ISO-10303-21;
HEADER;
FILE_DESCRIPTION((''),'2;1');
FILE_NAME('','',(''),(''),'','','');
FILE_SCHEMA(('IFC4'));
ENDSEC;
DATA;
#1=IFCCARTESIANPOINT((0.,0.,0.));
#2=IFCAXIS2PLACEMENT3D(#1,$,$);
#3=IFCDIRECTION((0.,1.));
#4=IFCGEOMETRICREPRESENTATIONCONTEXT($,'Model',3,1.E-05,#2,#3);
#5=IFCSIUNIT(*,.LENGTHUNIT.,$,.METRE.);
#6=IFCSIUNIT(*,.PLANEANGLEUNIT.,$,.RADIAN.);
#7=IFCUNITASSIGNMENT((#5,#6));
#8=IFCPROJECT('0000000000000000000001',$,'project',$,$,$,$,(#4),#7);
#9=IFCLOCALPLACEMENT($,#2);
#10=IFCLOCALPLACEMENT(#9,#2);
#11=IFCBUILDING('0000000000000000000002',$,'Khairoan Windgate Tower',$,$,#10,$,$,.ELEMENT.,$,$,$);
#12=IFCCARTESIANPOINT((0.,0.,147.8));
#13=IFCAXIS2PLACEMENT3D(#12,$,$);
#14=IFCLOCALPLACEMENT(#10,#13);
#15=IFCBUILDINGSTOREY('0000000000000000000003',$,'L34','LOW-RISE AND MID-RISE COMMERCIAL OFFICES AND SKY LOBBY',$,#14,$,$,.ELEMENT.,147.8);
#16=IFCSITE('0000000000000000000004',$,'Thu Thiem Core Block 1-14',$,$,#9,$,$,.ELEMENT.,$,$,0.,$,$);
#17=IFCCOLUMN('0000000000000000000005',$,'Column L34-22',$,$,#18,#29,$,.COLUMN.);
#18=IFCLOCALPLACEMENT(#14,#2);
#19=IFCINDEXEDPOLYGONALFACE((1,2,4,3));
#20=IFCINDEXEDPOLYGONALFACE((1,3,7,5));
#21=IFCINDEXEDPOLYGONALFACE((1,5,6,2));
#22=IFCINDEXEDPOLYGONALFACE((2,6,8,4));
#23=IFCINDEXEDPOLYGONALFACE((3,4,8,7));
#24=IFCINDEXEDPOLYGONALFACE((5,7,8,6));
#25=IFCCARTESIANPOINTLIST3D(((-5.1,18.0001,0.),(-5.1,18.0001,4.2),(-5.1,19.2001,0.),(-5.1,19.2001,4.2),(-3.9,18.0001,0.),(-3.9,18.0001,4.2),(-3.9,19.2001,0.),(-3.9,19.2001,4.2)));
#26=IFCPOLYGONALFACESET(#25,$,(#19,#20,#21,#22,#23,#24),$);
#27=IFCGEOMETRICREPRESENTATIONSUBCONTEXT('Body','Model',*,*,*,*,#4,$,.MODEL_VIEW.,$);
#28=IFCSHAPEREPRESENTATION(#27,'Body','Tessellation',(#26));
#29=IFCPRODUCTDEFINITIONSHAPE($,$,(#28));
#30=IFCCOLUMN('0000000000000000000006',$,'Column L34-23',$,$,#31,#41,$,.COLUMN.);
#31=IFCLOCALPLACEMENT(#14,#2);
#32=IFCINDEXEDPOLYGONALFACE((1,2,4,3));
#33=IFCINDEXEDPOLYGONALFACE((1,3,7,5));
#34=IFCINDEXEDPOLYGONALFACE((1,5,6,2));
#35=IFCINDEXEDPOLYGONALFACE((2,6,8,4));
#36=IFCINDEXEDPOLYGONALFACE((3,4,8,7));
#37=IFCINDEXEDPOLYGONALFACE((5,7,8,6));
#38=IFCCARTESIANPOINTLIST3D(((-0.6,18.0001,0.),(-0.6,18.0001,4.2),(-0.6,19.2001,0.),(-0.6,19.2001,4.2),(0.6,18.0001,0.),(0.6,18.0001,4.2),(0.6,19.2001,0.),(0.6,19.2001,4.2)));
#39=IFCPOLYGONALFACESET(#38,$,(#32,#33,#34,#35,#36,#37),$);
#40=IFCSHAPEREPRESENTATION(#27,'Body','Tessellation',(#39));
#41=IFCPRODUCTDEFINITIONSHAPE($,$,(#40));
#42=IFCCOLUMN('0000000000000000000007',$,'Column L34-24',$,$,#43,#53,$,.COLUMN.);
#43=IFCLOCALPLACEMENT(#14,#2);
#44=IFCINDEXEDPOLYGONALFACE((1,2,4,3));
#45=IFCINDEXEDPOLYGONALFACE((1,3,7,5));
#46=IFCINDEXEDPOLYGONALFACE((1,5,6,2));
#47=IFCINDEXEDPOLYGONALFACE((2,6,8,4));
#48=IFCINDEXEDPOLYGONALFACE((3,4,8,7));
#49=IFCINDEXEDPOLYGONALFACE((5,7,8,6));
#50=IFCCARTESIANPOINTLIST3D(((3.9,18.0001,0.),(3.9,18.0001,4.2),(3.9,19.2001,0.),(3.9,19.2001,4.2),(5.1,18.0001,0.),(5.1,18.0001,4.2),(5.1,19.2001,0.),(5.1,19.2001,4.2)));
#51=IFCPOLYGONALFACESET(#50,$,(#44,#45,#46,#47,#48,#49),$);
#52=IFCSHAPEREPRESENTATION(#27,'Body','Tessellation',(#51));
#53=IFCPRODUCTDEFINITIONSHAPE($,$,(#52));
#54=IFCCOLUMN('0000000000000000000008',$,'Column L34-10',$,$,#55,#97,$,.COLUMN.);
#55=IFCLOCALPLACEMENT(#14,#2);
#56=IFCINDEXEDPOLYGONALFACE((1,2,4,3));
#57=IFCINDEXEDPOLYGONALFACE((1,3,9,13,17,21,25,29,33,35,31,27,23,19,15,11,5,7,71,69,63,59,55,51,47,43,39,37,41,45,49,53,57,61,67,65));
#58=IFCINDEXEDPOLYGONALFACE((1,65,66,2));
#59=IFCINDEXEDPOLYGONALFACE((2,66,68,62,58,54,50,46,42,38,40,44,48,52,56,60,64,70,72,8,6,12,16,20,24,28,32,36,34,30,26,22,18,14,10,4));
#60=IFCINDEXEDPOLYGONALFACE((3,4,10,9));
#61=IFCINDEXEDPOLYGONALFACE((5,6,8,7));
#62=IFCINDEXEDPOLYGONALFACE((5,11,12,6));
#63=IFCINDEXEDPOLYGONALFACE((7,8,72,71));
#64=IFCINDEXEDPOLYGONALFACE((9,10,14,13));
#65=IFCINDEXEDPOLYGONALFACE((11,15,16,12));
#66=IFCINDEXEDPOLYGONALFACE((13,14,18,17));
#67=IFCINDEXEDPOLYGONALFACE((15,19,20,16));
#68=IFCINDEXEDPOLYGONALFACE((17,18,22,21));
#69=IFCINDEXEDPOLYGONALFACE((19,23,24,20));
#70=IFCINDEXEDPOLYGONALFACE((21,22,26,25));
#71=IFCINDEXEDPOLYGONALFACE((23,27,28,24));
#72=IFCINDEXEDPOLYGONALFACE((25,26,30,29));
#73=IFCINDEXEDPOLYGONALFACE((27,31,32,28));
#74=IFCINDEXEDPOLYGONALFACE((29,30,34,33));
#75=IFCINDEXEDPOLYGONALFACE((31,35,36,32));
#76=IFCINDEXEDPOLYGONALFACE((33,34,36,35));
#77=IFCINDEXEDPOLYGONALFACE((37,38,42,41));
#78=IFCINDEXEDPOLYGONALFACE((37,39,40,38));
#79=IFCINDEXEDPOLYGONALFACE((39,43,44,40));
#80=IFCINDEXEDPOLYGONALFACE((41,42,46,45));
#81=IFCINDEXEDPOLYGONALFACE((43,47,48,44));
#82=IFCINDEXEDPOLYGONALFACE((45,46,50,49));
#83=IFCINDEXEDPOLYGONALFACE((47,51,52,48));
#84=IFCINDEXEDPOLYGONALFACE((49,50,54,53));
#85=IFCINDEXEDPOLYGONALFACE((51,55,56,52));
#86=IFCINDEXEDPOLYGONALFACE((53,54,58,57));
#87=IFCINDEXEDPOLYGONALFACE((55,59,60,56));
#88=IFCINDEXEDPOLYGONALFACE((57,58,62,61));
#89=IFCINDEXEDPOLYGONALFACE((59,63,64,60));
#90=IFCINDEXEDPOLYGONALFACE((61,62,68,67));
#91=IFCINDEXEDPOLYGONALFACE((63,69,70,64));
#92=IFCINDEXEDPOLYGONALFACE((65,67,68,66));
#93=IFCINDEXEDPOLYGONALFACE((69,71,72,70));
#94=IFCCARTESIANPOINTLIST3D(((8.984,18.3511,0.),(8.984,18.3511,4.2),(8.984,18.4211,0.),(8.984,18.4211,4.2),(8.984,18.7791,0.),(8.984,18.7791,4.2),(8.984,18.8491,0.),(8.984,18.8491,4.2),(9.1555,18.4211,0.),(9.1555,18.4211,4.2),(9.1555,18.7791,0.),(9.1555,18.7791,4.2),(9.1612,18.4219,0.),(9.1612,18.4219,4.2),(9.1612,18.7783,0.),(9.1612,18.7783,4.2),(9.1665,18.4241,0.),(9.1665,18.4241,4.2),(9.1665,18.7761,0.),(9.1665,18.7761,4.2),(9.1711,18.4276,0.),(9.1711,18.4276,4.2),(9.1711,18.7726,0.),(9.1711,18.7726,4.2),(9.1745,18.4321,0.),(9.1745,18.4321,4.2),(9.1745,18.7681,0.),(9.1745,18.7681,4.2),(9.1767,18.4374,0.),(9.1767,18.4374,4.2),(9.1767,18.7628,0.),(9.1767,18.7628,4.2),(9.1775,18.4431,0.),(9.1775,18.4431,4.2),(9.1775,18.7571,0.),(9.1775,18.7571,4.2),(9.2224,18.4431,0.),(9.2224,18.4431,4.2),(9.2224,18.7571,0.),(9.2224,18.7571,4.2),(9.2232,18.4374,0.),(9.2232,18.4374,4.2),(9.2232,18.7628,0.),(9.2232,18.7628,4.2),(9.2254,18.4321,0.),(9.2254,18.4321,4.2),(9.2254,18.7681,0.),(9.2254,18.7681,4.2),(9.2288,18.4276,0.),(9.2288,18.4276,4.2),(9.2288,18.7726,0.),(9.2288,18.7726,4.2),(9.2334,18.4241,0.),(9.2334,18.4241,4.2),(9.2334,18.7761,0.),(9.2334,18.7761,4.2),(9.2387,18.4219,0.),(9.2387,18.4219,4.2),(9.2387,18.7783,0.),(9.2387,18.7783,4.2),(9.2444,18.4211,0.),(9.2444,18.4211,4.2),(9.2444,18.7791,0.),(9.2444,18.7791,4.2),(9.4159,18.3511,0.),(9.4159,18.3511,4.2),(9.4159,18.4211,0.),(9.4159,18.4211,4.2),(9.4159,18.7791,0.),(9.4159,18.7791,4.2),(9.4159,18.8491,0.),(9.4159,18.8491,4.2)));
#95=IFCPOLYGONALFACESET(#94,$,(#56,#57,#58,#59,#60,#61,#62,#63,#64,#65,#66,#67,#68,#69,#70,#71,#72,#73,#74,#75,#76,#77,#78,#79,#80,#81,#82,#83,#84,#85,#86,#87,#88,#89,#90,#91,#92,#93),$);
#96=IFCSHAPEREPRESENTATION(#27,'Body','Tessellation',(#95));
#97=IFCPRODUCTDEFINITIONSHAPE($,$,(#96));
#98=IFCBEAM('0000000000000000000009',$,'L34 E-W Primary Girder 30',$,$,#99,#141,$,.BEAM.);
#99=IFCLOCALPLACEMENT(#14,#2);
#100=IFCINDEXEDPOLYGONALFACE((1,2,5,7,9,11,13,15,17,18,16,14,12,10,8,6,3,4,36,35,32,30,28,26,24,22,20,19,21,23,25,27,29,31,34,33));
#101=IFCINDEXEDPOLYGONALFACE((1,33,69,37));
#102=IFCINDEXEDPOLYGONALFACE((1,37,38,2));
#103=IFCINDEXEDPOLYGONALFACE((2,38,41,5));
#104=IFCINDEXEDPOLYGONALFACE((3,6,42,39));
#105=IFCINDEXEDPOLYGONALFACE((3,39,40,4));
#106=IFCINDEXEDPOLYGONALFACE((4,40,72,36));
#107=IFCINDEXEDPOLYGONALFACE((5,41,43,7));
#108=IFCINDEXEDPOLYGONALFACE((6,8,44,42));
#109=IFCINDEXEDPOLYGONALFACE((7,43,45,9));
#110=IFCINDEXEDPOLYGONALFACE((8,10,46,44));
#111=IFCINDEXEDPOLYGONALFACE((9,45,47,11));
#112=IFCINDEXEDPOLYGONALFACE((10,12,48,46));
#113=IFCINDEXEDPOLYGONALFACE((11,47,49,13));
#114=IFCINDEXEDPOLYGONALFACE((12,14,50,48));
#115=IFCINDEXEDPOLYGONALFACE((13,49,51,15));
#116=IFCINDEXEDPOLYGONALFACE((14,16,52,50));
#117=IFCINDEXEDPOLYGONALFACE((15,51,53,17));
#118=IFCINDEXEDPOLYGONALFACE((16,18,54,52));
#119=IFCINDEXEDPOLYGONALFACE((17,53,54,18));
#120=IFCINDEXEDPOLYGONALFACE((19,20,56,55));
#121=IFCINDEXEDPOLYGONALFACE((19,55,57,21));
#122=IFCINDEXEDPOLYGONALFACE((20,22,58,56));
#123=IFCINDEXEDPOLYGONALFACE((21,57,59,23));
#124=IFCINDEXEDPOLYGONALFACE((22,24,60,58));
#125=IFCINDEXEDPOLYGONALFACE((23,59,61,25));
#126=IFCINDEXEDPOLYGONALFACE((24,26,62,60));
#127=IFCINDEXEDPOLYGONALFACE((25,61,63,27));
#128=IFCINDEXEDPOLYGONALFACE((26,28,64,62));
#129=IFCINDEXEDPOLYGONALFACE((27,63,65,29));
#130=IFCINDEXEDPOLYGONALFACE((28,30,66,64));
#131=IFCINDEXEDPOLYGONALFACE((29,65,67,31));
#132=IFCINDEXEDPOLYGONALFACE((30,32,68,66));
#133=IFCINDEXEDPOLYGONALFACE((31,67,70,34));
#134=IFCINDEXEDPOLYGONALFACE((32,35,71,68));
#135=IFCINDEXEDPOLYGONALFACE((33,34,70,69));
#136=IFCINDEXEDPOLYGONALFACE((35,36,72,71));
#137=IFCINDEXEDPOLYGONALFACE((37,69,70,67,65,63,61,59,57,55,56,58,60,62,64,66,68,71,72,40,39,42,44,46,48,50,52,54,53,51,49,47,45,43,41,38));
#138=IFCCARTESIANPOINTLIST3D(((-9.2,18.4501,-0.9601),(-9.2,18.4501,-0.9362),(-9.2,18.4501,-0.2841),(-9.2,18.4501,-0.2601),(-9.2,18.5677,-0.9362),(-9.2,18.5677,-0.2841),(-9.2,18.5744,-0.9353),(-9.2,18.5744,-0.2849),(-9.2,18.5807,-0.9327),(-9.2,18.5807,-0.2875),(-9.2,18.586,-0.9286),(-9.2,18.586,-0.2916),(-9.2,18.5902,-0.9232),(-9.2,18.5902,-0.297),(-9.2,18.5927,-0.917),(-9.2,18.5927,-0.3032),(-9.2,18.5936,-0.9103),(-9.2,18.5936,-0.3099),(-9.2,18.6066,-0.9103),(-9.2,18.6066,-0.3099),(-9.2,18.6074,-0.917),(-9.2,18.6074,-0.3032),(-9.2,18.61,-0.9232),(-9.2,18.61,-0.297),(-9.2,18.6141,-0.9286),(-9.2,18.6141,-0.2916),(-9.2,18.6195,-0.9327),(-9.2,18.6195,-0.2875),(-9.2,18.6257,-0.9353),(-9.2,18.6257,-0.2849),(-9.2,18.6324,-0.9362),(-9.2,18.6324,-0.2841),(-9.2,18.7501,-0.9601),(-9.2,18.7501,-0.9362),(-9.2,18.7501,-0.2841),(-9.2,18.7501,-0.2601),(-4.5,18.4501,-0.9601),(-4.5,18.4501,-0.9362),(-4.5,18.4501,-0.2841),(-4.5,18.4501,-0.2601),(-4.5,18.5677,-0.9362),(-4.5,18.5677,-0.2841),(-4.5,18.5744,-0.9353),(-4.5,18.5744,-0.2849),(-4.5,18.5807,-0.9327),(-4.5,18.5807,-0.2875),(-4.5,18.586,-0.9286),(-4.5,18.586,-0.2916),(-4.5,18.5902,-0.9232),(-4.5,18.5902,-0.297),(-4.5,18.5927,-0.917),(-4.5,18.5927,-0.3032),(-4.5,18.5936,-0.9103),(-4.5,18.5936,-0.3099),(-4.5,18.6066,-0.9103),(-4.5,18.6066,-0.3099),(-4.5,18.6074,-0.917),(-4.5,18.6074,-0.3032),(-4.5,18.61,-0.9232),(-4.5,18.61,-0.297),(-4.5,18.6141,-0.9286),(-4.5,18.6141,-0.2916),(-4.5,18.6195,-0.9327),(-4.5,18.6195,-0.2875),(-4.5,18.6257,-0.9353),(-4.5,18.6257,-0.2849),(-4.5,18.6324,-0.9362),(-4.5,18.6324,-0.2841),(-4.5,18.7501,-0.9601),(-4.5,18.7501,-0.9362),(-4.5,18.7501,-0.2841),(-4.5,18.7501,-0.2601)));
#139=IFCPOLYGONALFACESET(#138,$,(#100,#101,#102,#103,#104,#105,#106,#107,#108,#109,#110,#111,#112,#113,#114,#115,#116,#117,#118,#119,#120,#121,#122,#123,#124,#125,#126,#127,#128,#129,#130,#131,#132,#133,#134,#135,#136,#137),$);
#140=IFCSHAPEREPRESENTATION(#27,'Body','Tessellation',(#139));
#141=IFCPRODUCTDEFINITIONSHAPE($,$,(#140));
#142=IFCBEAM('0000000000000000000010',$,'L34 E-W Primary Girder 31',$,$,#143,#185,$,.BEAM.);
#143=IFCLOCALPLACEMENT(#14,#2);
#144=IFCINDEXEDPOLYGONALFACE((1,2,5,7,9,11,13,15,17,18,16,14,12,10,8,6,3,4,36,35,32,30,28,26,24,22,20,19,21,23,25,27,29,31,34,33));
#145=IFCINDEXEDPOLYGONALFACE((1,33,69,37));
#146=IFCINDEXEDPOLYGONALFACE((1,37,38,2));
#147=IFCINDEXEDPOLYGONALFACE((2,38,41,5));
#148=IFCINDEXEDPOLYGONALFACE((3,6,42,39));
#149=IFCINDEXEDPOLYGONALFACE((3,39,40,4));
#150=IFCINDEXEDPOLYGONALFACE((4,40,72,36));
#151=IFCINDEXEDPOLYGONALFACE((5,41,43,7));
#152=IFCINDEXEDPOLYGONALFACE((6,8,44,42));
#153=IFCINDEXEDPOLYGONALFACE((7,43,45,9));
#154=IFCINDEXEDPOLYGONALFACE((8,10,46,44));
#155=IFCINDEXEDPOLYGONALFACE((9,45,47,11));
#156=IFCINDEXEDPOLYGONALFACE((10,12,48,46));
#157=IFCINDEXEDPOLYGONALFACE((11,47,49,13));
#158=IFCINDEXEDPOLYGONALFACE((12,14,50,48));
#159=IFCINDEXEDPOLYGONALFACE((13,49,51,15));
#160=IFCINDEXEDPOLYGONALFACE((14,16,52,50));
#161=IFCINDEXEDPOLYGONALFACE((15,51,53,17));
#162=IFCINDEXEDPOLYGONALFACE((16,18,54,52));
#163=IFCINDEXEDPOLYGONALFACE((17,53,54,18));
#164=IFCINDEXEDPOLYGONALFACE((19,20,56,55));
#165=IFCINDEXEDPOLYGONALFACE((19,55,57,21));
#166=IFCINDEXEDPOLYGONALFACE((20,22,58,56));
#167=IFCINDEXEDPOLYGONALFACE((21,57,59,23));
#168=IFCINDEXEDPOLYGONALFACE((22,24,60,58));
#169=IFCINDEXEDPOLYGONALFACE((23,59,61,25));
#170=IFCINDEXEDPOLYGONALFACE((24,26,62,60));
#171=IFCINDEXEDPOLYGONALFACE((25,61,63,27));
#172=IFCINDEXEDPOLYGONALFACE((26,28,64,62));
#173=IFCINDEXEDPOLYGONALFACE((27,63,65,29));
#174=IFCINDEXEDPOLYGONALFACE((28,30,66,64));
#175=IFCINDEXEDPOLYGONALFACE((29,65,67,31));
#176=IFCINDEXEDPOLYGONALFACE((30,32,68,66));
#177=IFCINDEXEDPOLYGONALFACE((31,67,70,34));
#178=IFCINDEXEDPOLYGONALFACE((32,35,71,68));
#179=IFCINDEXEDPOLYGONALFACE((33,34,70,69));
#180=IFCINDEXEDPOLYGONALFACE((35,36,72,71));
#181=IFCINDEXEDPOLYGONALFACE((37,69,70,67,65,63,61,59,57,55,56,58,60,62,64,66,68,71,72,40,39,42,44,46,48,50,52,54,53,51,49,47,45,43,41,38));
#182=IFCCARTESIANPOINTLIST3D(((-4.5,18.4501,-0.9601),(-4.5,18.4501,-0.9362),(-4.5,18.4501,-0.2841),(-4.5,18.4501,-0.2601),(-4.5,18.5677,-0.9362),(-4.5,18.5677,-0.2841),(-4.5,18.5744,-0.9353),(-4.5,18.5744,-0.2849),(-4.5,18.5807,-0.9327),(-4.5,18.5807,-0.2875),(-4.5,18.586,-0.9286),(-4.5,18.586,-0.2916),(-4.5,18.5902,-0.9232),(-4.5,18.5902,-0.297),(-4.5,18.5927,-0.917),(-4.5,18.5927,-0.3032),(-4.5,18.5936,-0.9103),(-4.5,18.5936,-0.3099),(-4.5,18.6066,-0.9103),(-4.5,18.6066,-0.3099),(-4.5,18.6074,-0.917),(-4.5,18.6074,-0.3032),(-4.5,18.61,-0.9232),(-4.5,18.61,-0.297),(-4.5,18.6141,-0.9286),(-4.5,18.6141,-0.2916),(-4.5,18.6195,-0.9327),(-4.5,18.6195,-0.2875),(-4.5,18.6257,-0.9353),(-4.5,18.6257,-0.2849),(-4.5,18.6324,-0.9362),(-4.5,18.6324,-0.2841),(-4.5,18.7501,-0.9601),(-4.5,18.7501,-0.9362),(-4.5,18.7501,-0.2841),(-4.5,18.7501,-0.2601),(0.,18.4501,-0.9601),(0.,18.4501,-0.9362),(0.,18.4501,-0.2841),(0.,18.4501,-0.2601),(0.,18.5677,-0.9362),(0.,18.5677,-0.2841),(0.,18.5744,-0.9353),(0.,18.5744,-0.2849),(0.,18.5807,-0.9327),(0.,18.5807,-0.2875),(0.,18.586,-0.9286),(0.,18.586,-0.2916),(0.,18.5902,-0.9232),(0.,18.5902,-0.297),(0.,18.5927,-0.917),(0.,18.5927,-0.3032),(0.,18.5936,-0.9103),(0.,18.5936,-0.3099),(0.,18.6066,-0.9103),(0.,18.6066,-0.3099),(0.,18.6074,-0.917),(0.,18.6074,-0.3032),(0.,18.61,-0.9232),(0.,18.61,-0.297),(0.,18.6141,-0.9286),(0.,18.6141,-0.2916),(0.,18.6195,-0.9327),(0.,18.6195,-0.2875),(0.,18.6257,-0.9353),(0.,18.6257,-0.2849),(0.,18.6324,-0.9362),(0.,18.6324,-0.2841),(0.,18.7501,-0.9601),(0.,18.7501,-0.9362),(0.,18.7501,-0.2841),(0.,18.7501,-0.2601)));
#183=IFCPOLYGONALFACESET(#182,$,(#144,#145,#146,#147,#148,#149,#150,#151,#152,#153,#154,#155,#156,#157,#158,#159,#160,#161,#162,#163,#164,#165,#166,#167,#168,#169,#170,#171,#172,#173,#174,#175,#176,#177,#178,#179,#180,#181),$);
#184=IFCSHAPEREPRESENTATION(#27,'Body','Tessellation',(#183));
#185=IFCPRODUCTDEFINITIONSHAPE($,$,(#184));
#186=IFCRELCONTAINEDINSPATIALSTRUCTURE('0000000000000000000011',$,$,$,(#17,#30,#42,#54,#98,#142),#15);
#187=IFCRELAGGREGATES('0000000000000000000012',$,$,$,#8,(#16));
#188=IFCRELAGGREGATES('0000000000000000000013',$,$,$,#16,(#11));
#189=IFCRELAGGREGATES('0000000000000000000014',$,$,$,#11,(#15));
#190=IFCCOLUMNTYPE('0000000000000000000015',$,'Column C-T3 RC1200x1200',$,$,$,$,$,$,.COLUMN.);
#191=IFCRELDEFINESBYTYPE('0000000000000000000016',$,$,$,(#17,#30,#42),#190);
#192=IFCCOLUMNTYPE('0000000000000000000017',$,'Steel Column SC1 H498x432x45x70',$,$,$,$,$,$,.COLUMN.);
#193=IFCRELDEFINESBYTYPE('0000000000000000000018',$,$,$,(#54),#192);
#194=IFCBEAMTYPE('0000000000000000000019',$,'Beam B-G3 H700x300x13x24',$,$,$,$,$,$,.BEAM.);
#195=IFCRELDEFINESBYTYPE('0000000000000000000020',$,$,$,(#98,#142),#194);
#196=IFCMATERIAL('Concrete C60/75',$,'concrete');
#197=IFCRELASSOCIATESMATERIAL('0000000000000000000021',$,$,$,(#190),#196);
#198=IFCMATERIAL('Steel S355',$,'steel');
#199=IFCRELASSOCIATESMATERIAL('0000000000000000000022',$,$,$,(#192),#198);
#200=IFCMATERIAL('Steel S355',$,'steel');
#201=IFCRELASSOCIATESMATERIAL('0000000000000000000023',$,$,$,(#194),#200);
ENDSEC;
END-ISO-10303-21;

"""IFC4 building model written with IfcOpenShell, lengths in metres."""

from ifc_helpers import new_model, si_unit, direction, frame, origin, origin_2d, place, context, subcontext, project, spatial, rectangle, i_section, extrude, material, material_profile, profile_set, type_object, element, save


model = new_model("IFC4")

# Units and contexts
model_context = context("Model", 3, precision=1e-05, world=origin(), true_north=direction((0.0, 1.0)))
body_context = subcontext(model_context, "Body", "Model", "MODEL_VIEW")
ifc_project = project(units=[si_unit("LENGTHUNIT", "METRE"), si_unit("PLANEANGLEUNIT", "RADIAN")], contexts=[model_context])

# Site, building, storey
site_placement = place(None, origin())
site = spatial("IfcSite", under=ifc_project, at=site_placement, Name="Thu Thiem Core Block 1-14", CompositionType="ELEMENT", RefElevation=0.0)
building_placement = place(site_placement, origin())
building = spatial("IfcBuilding", under=site, at=building_placement, Name="Khairoan Windgate Tower", CompositionType="ELEMENT")
storey_placement = place(building_placement, frame((0.0, 0.0, 147.8)))
storey = spatial("IfcBuildingStorey", under=building, at=storey_placement, Name="L34", Description="LOW-RISE AND MID-RISE COMMERCIAL OFFICES AND SKY LOBBY", CompositionType="ELEMENT", Elevation=147.8)

# Columns
ifc_material_1 = material(Name="Concrete C60/75", Category="concrete")
ifc_material_profile_1 = material_profile(ifc_material_1, rectangle(XDim=1.2, YDim=1.2, at=origin_2d()))
ifc_profile_set_1 = profile_set([ifc_material_profile_1], Name="Concrete C60/75")
column_type_1 = type_object("IfcColumnType", Name="Column C-T3 RC1200x1200", PredefinedType="COLUMN", material=ifc_profile_set_1)
for number, where, z_axis, x_axis, name in (
    (1, (-4.5, 18.6001, 0.0), (0.0, 0.0, 1.0), (1.0, 0.0, 0.0), "Column L34-22"),
    (2, (0.0, 18.6001, 0.0), (0.0, 0.0, 1.0), (1.0, 0.0, 0.0), "Column L34-23"),
    (3, (4.5, 18.6001, 0.0), (0.0, 0.0, 1.0), (1.0, 0.0, 0.0), "Column L34-24"),
):
    element("IfcColumn", number, at=place(storey_placement, frame(where, z_axis=z_axis, x_axis=x_axis)), inside=storey, type_object=column_type_1, Name=name, PredefinedType="COLUMN", context=body_context, shape_type="SweptSolid", body=[
        extrude(rectangle(XDim=1.2, YDim=1.2, at=origin_2d()), origin(), (0.0, 0.0, 1.0), 4.2),
    ])
ifc_material_2 = material(Name="Steel S355", Category="steel")
ifc_material_profile_2 = material_profile(ifc_material_2, i_section(OverallWidth=0.4319, OverallDepth=0.498, WebThickness=0.0449, FlangeThickness=0.0701, FilletRadius=0.022, at=origin_2d()))
ifc_profile_set_2 = profile_set([ifc_material_profile_2], Name="Steel S355")
column_type_2 = type_object("IfcColumnType", Name="Steel Column SC1 H498x432x45x70", PredefinedType="COLUMN", material=ifc_profile_set_2)
column_placement = place(storey_placement, frame((9.2, 18.6001, 0.0), z_axis=(0.0, 0.0, 1.0), x_axis=(1.0, 0.0, 0.0)))
element("IfcColumn", 4, at=column_placement, inside=storey, type_object=column_type_2, Name="Column L34-10", PredefinedType="COLUMN", context=body_context, shape_type="SweptSolid", body=[
    extrude(i_section(OverallWidth=0.4319, OverallDepth=0.498, WebThickness=0.0449, FlangeThickness=0.0701, FilletRadius=0.022, at=origin_2d()), origin(), (0.0, 0.0, 1.0), 4.2),
])

# Beams
ifc_material_3 = material(Name="Steel S355", Category="steel")
ifc_material_profile_3 = material_profile(ifc_material_3, i_section(OverallWidth=0.3, OverallDepth=0.7, WebThickness=0.0129, FlangeThickness=0.0239, FilletRadius=0.0259, at=origin_2d()))
ifc_profile_set_3 = profile_set([ifc_material_profile_3], Name="Steel S355")
beam_type_1 = type_object("IfcBeamType", Name="Beam B-G3 H700x300x13x24", PredefinedType="BEAM", material=ifc_profile_set_3)
beam_1_placement = place(storey_placement, frame((-9.2, 18.6001, -0.6101), z_axis=(1.0, 0.0, 0.0), x_axis=(0.0, 1.0, 0.0)))
element("IfcBeam", 5, at=beam_1_placement, inside=storey, type_object=beam_type_1, Name="L34 E-W Primary Girder 30", PredefinedType="BEAM", context=body_context, shape_type="SweptSolid", body=[
    extrude(i_section(OverallWidth=0.3, OverallDepth=0.7, WebThickness=0.0129, FlangeThickness=0.0239, FilletRadius=0.0259, at=origin_2d()), origin(), (0.0, 0.0, 1.0), 4.7),
])
for number, where, z_axis, x_axis, name in (
    (6, (-4.5, 18.6001, -0.6101), (1.0, 0.0, 0.0), (0.0, 1.0, 0.0), "L34 E-W Primary Girder 31"),
):
    element("IfcBeam", number, at=place(storey_placement, frame(where, z_axis=z_axis, x_axis=x_axis)), inside=storey, type_object=beam_type_1, Name=name, PredefinedType="BEAM", context=body_context, shape_type="SweptSolid", body=[
        extrude(i_section(OverallWidth=0.3, OverallDepth=0.7, WebThickness=0.0129, FlangeThickness=0.0239, FilletRadius=0.0259, at=origin_2d()), origin(), (0.0, 0.0, 1.0), 4.5),
    ])

save(model, "model.ifc")
